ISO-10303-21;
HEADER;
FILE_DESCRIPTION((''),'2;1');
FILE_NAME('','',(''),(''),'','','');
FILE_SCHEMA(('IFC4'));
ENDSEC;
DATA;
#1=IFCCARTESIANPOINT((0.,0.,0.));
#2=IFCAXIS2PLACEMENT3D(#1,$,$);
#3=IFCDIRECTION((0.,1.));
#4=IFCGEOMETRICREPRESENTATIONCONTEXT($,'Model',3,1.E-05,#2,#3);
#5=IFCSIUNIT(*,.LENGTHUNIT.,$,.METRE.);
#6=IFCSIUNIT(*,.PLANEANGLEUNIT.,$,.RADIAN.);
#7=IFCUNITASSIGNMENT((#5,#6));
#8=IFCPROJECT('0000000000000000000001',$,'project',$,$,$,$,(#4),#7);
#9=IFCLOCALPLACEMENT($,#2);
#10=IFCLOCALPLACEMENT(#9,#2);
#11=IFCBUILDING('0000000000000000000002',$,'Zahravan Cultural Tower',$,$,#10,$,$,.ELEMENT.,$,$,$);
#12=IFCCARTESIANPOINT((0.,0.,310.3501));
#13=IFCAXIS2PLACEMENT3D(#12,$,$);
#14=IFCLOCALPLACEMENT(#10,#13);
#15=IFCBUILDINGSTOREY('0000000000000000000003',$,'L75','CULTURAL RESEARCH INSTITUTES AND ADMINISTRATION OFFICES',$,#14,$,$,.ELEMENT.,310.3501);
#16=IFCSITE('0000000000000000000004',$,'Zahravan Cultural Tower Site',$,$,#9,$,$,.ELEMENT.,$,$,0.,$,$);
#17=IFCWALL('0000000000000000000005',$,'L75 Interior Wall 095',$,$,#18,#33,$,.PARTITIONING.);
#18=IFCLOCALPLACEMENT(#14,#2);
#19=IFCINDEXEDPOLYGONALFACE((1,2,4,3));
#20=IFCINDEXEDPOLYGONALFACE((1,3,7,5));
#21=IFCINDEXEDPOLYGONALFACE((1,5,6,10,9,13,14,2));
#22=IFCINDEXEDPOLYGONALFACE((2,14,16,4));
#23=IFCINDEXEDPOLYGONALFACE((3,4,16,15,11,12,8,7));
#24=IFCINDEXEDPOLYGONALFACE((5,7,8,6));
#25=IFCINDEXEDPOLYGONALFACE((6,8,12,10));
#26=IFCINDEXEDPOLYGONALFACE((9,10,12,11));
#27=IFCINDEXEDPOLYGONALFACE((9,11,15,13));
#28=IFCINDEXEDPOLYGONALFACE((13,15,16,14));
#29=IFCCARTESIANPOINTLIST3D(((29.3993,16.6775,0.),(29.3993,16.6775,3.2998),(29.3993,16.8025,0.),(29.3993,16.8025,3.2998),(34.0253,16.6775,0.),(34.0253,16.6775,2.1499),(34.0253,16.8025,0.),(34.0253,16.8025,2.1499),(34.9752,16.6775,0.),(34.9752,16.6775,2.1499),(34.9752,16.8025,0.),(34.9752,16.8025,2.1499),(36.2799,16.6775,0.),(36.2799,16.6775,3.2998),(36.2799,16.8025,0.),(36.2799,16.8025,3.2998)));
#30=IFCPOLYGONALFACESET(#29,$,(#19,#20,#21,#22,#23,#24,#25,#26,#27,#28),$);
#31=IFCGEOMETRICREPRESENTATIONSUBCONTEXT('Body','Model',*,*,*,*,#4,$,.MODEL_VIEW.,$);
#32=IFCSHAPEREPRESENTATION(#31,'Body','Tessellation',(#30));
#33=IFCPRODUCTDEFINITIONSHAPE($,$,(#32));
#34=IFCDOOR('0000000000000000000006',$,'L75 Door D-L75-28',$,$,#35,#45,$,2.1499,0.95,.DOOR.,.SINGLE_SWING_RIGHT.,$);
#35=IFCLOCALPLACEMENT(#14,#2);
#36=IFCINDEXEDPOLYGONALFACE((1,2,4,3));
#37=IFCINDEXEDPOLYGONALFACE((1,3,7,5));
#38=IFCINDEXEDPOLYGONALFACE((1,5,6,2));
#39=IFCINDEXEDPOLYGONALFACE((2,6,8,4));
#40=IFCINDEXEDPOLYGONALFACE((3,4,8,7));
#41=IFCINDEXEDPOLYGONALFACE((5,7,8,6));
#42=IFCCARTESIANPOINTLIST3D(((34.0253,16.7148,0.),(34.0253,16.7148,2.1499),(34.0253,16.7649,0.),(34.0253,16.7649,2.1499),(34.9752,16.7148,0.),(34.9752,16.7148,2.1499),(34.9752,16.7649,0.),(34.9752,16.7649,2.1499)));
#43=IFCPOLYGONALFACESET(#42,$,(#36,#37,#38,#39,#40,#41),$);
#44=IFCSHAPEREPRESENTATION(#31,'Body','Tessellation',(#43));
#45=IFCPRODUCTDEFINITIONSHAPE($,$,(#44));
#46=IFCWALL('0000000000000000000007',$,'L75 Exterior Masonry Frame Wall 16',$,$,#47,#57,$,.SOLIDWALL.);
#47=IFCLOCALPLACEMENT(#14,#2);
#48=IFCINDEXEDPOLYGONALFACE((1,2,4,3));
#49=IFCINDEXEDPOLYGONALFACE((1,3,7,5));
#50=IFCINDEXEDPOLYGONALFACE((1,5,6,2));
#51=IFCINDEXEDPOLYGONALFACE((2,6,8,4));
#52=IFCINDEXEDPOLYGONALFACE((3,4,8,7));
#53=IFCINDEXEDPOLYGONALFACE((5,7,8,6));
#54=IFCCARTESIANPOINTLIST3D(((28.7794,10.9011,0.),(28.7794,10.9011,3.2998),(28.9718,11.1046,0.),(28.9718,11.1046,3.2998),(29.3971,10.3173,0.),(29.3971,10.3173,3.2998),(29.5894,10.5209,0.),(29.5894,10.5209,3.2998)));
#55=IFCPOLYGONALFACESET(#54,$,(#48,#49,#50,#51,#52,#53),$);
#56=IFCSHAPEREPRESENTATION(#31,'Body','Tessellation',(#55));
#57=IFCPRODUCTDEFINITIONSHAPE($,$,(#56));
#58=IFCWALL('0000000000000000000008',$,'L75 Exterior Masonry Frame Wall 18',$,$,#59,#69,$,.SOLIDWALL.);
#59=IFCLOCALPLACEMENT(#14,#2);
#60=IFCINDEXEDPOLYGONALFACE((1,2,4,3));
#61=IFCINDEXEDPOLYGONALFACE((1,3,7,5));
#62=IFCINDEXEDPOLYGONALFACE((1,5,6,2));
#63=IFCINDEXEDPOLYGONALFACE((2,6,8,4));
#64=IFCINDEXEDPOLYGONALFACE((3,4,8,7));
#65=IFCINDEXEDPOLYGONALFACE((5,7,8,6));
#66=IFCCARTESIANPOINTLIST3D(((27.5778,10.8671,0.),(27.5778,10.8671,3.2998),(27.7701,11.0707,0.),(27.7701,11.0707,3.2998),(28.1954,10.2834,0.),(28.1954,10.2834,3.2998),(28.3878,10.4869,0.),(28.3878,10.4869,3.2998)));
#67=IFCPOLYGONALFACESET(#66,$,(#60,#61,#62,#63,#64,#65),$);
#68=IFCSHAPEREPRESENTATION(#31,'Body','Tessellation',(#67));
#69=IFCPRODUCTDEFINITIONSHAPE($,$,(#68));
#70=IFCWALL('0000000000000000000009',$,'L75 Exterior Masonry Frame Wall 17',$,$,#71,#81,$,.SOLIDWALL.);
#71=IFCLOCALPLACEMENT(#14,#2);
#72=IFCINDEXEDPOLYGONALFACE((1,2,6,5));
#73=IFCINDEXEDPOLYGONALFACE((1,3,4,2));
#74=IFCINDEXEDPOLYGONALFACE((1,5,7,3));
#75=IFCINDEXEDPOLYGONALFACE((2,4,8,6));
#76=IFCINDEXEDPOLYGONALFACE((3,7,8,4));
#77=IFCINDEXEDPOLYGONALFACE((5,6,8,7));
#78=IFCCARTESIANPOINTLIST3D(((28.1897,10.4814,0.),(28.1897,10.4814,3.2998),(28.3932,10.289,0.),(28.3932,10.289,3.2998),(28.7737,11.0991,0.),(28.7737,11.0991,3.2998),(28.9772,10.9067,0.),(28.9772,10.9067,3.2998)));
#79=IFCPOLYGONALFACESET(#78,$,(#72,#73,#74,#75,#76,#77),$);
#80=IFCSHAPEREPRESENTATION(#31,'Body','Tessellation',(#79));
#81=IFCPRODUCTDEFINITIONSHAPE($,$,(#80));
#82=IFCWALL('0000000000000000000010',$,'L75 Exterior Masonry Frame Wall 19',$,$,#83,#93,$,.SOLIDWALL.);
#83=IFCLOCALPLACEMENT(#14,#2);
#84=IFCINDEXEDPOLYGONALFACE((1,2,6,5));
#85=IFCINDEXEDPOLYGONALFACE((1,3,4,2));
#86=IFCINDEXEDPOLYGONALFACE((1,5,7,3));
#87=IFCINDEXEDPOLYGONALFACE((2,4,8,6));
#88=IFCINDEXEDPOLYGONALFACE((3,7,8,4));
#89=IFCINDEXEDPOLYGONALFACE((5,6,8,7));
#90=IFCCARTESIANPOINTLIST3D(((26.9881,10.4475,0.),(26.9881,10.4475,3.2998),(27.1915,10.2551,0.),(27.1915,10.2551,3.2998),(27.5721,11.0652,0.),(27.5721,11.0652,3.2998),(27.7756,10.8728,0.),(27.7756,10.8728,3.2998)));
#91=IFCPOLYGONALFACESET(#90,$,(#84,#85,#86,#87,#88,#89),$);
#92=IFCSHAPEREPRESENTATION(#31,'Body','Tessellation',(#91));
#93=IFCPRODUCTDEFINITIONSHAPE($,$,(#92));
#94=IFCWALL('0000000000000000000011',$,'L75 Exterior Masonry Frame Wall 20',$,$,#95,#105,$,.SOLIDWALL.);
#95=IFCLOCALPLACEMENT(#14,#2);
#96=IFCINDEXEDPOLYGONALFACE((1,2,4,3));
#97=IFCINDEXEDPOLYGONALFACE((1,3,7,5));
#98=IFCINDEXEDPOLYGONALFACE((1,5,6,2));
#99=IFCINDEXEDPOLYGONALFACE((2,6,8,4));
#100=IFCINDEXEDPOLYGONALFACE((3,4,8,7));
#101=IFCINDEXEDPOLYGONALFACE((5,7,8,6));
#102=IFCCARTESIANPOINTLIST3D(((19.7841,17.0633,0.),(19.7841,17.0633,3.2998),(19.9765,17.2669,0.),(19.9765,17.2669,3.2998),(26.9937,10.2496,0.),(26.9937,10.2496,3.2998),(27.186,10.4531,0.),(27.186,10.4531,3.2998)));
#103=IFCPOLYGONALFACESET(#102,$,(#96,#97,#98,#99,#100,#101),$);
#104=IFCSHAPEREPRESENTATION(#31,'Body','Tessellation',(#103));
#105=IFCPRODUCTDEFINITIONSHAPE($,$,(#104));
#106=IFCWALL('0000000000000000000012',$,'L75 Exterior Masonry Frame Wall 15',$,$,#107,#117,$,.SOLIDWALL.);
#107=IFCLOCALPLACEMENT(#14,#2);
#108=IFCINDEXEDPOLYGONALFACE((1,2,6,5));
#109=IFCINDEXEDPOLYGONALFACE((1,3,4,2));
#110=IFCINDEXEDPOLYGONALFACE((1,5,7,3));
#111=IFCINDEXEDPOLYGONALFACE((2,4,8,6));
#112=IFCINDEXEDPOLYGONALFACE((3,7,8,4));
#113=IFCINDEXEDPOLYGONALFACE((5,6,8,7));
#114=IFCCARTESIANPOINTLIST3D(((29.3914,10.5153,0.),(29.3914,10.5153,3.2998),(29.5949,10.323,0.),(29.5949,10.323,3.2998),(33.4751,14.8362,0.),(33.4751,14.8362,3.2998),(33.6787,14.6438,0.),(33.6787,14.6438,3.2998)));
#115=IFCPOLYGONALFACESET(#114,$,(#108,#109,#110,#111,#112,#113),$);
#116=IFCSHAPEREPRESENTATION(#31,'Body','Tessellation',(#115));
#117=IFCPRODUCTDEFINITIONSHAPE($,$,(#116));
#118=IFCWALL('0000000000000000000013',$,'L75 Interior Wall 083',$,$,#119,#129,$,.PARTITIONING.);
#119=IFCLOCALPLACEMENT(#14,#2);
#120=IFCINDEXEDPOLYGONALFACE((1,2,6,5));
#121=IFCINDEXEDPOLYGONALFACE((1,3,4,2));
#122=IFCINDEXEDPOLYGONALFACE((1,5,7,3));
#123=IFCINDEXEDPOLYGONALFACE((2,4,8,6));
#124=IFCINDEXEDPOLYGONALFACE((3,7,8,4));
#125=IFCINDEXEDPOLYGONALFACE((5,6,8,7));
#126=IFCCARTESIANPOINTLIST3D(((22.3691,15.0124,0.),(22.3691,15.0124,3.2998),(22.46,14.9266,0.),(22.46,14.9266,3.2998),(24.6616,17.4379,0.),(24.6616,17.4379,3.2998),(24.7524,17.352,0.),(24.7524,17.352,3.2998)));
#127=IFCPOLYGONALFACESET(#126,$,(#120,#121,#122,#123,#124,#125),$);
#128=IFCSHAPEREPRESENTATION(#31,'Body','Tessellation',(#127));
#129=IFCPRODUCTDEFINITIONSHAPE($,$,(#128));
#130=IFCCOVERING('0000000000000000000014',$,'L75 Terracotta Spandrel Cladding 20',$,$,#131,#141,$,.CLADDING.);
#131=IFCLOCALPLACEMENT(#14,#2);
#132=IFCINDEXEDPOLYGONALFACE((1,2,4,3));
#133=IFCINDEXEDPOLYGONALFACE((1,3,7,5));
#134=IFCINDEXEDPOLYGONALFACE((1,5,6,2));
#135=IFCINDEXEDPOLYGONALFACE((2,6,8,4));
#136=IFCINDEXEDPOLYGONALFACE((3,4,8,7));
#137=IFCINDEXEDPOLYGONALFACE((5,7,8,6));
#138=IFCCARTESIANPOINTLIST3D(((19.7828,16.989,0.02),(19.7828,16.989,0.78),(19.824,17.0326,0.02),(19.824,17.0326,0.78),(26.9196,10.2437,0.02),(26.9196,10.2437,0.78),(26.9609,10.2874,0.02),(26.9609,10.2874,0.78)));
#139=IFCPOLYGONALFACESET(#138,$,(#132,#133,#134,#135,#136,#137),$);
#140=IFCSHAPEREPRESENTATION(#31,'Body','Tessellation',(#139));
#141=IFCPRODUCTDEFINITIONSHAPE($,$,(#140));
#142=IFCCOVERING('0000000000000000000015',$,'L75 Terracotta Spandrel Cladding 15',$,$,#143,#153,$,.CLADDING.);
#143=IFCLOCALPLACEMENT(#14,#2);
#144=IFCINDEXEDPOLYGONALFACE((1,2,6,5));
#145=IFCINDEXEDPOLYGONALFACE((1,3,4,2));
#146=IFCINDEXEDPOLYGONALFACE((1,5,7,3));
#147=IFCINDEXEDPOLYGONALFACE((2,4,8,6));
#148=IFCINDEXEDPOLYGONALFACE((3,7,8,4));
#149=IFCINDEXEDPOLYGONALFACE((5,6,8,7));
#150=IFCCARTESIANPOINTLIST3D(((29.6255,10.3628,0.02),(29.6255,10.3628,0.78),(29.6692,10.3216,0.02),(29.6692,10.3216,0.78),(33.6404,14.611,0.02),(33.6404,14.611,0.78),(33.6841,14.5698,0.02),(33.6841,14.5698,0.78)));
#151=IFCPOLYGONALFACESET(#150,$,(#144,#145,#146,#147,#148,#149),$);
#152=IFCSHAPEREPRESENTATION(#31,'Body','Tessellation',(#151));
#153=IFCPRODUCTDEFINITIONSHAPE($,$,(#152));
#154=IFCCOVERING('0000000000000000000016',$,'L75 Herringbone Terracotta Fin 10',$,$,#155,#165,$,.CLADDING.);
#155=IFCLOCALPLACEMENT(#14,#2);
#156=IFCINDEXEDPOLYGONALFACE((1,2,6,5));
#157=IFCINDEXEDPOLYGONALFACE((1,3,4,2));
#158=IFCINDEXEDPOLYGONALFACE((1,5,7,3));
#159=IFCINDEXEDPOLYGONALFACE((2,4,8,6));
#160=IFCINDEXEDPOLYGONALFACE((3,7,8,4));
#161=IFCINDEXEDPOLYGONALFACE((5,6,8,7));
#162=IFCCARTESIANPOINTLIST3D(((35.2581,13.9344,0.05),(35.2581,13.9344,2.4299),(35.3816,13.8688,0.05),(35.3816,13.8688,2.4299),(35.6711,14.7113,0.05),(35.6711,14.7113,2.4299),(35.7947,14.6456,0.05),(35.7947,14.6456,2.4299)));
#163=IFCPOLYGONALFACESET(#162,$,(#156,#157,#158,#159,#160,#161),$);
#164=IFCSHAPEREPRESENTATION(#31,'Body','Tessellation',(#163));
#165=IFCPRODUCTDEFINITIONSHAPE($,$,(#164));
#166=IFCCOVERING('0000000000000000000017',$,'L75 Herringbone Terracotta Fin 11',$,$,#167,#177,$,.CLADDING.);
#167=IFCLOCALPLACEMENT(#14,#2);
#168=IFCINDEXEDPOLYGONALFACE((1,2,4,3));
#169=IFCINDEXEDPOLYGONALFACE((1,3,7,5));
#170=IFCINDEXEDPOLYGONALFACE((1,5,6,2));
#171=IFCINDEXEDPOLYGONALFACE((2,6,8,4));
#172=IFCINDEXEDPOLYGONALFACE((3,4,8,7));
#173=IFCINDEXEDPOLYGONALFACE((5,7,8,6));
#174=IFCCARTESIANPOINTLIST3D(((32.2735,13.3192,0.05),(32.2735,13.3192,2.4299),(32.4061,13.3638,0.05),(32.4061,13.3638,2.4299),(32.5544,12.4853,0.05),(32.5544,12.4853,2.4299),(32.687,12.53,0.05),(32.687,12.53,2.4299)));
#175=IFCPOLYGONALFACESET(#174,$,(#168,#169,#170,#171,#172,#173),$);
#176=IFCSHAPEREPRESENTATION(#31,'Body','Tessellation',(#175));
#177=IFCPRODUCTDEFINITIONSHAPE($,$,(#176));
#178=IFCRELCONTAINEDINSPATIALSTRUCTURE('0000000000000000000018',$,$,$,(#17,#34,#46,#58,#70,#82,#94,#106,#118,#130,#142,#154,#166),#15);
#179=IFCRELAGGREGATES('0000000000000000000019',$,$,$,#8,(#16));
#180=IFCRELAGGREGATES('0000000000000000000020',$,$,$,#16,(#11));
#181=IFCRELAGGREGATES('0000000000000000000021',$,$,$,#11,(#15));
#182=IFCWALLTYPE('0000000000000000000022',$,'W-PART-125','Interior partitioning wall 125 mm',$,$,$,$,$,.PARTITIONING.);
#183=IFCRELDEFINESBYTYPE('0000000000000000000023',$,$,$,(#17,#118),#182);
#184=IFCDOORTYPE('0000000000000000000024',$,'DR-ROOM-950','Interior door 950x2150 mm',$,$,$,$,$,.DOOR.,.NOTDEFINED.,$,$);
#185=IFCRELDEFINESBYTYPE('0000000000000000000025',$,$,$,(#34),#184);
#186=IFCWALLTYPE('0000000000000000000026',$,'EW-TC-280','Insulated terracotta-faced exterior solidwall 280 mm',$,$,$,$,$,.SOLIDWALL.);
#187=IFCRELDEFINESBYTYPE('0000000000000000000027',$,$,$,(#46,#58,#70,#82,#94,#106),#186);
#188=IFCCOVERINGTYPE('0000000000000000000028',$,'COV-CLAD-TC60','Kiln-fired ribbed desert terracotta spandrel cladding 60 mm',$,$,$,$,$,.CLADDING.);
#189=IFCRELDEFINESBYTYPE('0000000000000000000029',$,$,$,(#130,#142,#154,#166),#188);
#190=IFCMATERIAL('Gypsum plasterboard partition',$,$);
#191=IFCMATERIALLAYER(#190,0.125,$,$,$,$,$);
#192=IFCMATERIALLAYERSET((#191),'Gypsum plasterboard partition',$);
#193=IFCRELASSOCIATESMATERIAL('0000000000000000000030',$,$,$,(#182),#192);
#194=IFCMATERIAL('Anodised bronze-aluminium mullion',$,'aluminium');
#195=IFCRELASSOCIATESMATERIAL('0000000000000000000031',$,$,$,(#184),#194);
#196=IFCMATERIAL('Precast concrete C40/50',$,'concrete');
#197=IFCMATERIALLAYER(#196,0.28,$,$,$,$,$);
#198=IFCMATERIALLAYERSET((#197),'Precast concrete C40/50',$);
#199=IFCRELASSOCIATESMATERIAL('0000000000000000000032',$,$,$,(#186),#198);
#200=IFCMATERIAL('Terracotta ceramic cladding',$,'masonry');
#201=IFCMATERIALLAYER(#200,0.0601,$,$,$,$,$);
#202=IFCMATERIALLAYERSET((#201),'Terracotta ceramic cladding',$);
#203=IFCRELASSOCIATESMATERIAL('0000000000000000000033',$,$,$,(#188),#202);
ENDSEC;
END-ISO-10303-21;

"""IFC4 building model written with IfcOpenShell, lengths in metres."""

from ifc_helpers import new_model, si_unit, direction, frame, frame_2d, origin, origin_2d, place, context, subcontext, project, spatial, rectangle, extrude, source, transform, mapped, material, layer, layer_set, type_object, element, fill, save


model = new_model("IFC4")

# Units and contexts
model_context = context("Model", 3, precision=1e-05, world=origin(), true_north=direction((0.0, 1.0)))
body_context = subcontext(model_context, "Body", "Model", "MODEL_VIEW")
ifc_project = project(units=[si_unit("LENGTHUNIT", "METRE"), si_unit("PLANEANGLEUNIT", "RADIAN")], contexts=[model_context])

# Site, building, storey
site_placement = place(None, origin())
site = spatial("IfcSite", under=ifc_project, at=site_placement, Name="Zahravan Cultural Tower Site", CompositionType="ELEMENT", RefElevation=0.0)
building_placement = place(site_placement, origin())
building = spatial("IfcBuilding", under=site, at=building_placement, Name="Zahravan Cultural Tower", CompositionType="ELEMENT")
storey_placement = place(building_placement, frame((0.0, 0.0, 310.3501)))
storey = spatial("IfcBuildingStorey", under=building, at=storey_placement, Name="L75", Description="CULTURAL RESEARCH INSTITUTES AND ADMINISTRATION OFFICES", CompositionType="ELEMENT", Elevation=310.3501)

# Wall, opening, door
ifc_material_1 = material(Name="Gypsum plasterboard partition")
ifc_layer_1 = layer(ifc_material_1, 0.125)
ifc_layer_set_1 = layer_set([ifc_layer_1], Name="Gypsum plasterboard partition")
wall_type_1 = type_object("IfcWallType", Name="W-PART-125", Description="Interior partitioning wall 125 mm", PredefinedType="PARTITIONING", material=ifc_layer_set_1)
ifc_material_2 = material(Name="Anodised bronze-aluminium mullion", Category="aluminium")
door_type_1 = type_object("IfcDoorType", Name="DR-ROOM-950", Description="Interior door 950x2150 mm", OperationType="NOTDEFINED", PredefinedType="DOOR", material=ifc_material_2)
shared_shape_1 = source(origin(), body_context, "Body", "SweptSolid", [
    extrude(rectangle(XDim=0.95, YDim=2.1499, at=frame_2d((0.4751, 1.075))), frame((0.0, 0.0249, 0.0), z_axis=(0.0, -1.0, 0.0), x_axis=(1.0, 0.0, 0.0)), (0.0, 0.0, 1.0), 0.05),
])
wall_1_placement = place(storey_placement, frame((29.3992, 16.74, 0.0), z_axis=(0.0, 0.0, 1.0), x_axis=(1.0, 0.0, 0.0)))
wall_1 = element("IfcWall", 1, at=wall_1_placement, inside=storey, type_object=wall_type_1, Name="L75 Interior Wall 095", PredefinedType="PARTITIONING", context=body_context, shape_type="SweptSolid", body=[
    extrude(rectangle(XDim=6.8806, YDim=0.125, at=frame_2d((3.4404, 0.0))), origin(), (0.0, 0.0, 1.0), 3.2998),
])
opening_1_placement = place(wall_1_placement, frame((4.626, 0.0, 0.0)))
opening_1 = element("IfcOpeningElement", 2, at=opening_1_placement, cuts=wall_1, PredefinedType="OPENING", context=body_context, shape_type="SweptSolid", body=[
    extrude(rectangle(XDim=0.95, YDim=2.1499, at=frame_2d((0.4751, 1.075))), frame((0.0, 0.0725, 0.0), z_axis=(0.0, -1.0, 0.0), x_axis=(1.0, 0.0, 0.0)), (0.0, 0.0, 1.0), 0.145),
])
door_1_placement = place(opening_1_placement, origin())
door_1 = element("IfcDoor", 3, at=door_1_placement, inside=storey, type_object=door_type_1, Name="L75 Door D-L75-28", OperationType="SINGLE_SWING_RIGHT", OverallHeight=2.1499, OverallWidth=0.95, PredefinedType="DOOR", context=body_context, shape_type="MappedRepresentation", body=[
    mapped(shared_shape_1, transform((0.0, 0.0, 0.0), x_axis=(1.0, 0.0, 0.0), y_axis=(0.0, 1.0, 0.0), z_axis=(0.0, 0.0, 1.0), scale=1.0)),
])
fill(opening_1, door_1)

# Walls
ifc_material_3 = material(Name="Precast concrete C40/50", Category="concrete")
ifc_layer_2 = layer(ifc_material_3, 0.28)
ifc_layer_set_2 = layer_set([ifc_layer_2], Name="Precast concrete C40/50")
wall_type_2 = type_object("IfcWallType", Name="EW-TC-280", Description="Insulated terracotta-faced exterior solidwall 280 mm", PredefinedType="SOLIDWALL", material=ifc_layer_set_2)
shared_shape_2 = source(origin(), body_context, "Body", "SweptSolid", [
    extrude(rectangle(XDim=0.8499, YDim=0.28, at=frame_2d((0.4248, 0.0))), origin(), (0.0, 0.0, 1.0), 3.2998),
])
for number, where, z_axis, x_axis, name in (
    (4, (29.4932, 10.4192, 0.0), (0.0, 0.0, 1.0), (-0.72679, 0.68686, 0.0), "L75 Exterior Masonry Frame Wall 16"),
    (5, (28.2915, 10.3853, 0.0), (0.0, 0.0, 1.0), (-0.72679, 0.68686, 0.0), "L75 Exterior Masonry Frame Wall 18"),
):
    element("IfcWall", number, at=place(storey_placement, frame(where, z_axis=z_axis, x_axis=x_axis)), inside=storey, type_object=wall_type_2, Name=name, PredefinedType="SOLIDWALL", context=body_context, shape_type="MappedRepresentation", body=[
        mapped(shared_shape_2, transform((0.0, 0.0, 0.0), x_axis=(1.0, 0.0, 0.0), y_axis=(0.0, 1.0, 0.0), z_axis=(0.0, 0.0, 1.0), scale=1.0)),
    ])
shared_shape_3 = source(origin(), body_context, "Body", "SweptSolid", [
    extrude(rectangle(XDim=0.8501, YDim=0.28, at=frame_2d((0.425, 0.0))), origin(), (0.0, 0.0, 1.0), 3.2998),
])
for number, where, z_axis, x_axis, name in (
    (6, (28.8755, 11.0029, 0.0), (0.0, 0.0, 1.0), (-0.687011, -0.726647, 0.0), "L75 Exterior Masonry Frame Wall 17"),
    (7, (27.6738, 10.969, 0.0), (0.0, 0.0, 1.0), (-0.687011, -0.726647, 0.0), "L75 Exterior Masonry Frame Wall 19"),
):
    element("IfcWall", number, at=place(storey_placement, frame(where, z_axis=z_axis, x_axis=x_axis)), inside=storey, type_object=wall_type_2, Name=name, PredefinedType="SOLIDWALL", context=body_context, shape_type="MappedRepresentation", body=[
        mapped(shared_shape_3, transform((0.0, 0.0, 0.0), x_axis=(1.0, 0.0, 0.0), y_axis=(0.0, 1.0, 0.0), z_axis=(0.0, 0.0, 1.0), scale=1.0)),
    ])
shared_shape_4 = source(origin(), body_context, "Body", "SweptSolid", [
    extrude(rectangle(XDim=9.9199, YDim=0.28, at=frame_2d((4.96, 0.0))), origin(), (0.0, 0.0, 1.0), 3.2998),
])
wall_2_placement = place(storey_placement, frame((27.0898, 10.3513, 0.0), z_axis=(0.0, 0.0, 1.0), x_axis=(-0.726773, 0.686878, 0.0)))
element("IfcWall", 8, at=wall_2_placement, inside=storey, type_object=wall_type_2, Name="L75 Exterior Masonry Frame Wall 20", PredefinedType="SOLIDWALL", context=body_context, shape_type="MappedRepresentation", body=[
    mapped(shared_shape_4, transform((0.0, 0.0, 0.0), x_axis=(1.0, 0.0, 0.0), y_axis=(0.0, 1.0, 0.0), z_axis=(0.0, 0.0, 1.0), scale=1.0)),
])
shared_shape_5 = source(origin(), body_context, "Body", "SweptSolid", [
    extrude(rectangle(XDim=5.9453, YDim=0.28, at=frame_2d((2.9727, 0.0))), origin(), (0.0, 0.0, 1.0), 3.2998),
])
wall_3_placement = place(storey_placement, frame((33.5769, 14.74, 0.0), z_axis=(0.0, 0.0, 1.0), x_axis=(-0.686889, -0.726763, 0.0)))
element("IfcWall", 9, at=wall_3_placement, inside=storey, type_object=wall_type_2, Name="L75 Exterior Masonry Frame Wall 15", PredefinedType="SOLIDWALL", context=body_context, shape_type="MappedRepresentation", body=[
    mapped(shared_shape_5, transform((0.0, 0.0, 0.0), x_axis=(1.0, 0.0, 0.0), y_axis=(0.0, 1.0, 0.0), z_axis=(0.0, 0.0, 1.0), scale=1.0)),
])
shared_shape_6 = source(origin(), body_context, "Body", "SweptSolid", [
    extrude(rectangle(XDim=3.3374, YDim=0.125, at=frame_2d((1.6687, 0.0))), origin(), (0.0, 0.0, 1.0), 3.2998),
])
wall_4_placement = place(storey_placement, frame((22.4146, 14.9695, 0.0), z_axis=(0.0, 0.0, 1.0), x_axis=(0.686892, 0.72676, 0.0)))
element("IfcWall", 10, at=wall_4_placement, inside=storey, type_object=wall_type_1, Name="L75 Interior Wall 083", PredefinedType="PARTITIONING", context=body_context, shape_type="MappedRepresentation", body=[
    mapped(shared_shape_6, transform((0.0, 0.0, 0.0), x_axis=(1.0, 0.0, 0.0), y_axis=(0.0, 1.0, 0.0), z_axis=(0.0, 0.0, 1.0), scale=1.0)),
])

# Coverings
ifc_material_4 = material(Name="Terracotta ceramic cladding", Category="masonry")
ifc_layer_3 = layer(ifc_material_4, 0.0601)
ifc_layer_set_3 = layer_set([ifc_layer_3], Name="Terracotta ceramic cladding")
covering_type = type_object("IfcCoveringType", Name="COV-CLAD-TC60", Description="Kiln-fired ribbed desert terracotta spandrel cladding 60 mm", PredefinedType="CLADDING", material=ifc_layer_set_3)
shared_shape_7 = source(origin(), body_context, "Body", "SweptSolid", [
    extrude(rectangle(XDim=9.8201, YDim=0.0601, at=origin_2d()), origin(), (0.0, 0.0, 1.0), 0.76),
])
covering_1_placement = place(storey_placement, frame((23.3718, 13.6382, 0.02), z_axis=(0.0, 0.0, 1.0), x_axis=(-0.726767, 0.686885, 0.0)))
element("IfcCovering", 11, at=covering_1_placement, inside=storey, type_object=covering_type, Name="L75 Terracotta Spandrel Cladding 20", PredefinedType="CLADDING", context=body_context, shape_type="MappedRepresentation", body=[
    mapped(shared_shape_7, transform((0.0, 0.0, 0.0), x_axis=(1.0, 0.0, 0.0), y_axis=(0.0, 1.0, 0.0), z_axis=(0.0, 0.0, 1.0), scale=1.0)),
])
shared_shape_8 = source(origin(), body_context, "Body", "SweptSolid", [
    extrude(rectangle(XDim=5.8452, YDim=0.0601, at=origin_2d()), origin(), (0.0, 0.0, 1.0), 0.76),
])
covering_2_placement = place(storey_placement, frame((31.6548, 12.4663, 0.02), z_axis=(0.0, 0.0, 1.0), x_axis=(-0.686872, -0.726779, 0.0)))
element("IfcCovering", 12, at=covering_2_placement, inside=storey, type_object=covering_type, Name="L75 Terracotta Spandrel Cladding 15", PredefinedType="CLADDING", context=body_context, shape_type="MappedRepresentation", body=[
    mapped(shared_shape_8, transform((0.0, 0.0, 0.0), x_axis=(1.0, 0.0, 0.0), y_axis=(0.0, 1.0, 0.0), z_axis=(0.0, 0.0, 1.0), scale=1.0)),
])
shared_shape_9 = source(origin(), body_context, "Body", "SweptSolid", [
    extrude(rectangle(XDim=0.8799, YDim=0.1399, at=origin_2d()), origin(), (0.0, 0.0, 1.0), 2.3799),
])
for number, where, z_axis, x_axis, name in (
    (13, (35.5264, 14.29, 0.05), (0.0, 0.0, 1.0), (-0.469472, -0.882948, 0.0), "L75 Herringbone Terracotta Fin 10"),
    (14, (32.4802, 12.9246, 0.05), (0.0, 0.0, 1.0), (0.319241, -0.947674, 0.0), "L75 Herringbone Terracotta Fin 11"),
):
    element("IfcCovering", number, at=place(storey_placement, frame(where, z_axis=z_axis, x_axis=x_axis)), inside=storey, type_object=covering_type, Name=name, PredefinedType="CLADDING", context=body_context, shape_type="MappedRepresentation", body=[
        mapped(shared_shape_9, transform((0.0, 0.0, 0.0), x_axis=(1.0, 0.0, 0.0), y_axis=(0.0, 1.0, 0.0), z_axis=(0.0, 0.0, 1.0), scale=1.0)),
    ])

save(model, "model.ifc")
